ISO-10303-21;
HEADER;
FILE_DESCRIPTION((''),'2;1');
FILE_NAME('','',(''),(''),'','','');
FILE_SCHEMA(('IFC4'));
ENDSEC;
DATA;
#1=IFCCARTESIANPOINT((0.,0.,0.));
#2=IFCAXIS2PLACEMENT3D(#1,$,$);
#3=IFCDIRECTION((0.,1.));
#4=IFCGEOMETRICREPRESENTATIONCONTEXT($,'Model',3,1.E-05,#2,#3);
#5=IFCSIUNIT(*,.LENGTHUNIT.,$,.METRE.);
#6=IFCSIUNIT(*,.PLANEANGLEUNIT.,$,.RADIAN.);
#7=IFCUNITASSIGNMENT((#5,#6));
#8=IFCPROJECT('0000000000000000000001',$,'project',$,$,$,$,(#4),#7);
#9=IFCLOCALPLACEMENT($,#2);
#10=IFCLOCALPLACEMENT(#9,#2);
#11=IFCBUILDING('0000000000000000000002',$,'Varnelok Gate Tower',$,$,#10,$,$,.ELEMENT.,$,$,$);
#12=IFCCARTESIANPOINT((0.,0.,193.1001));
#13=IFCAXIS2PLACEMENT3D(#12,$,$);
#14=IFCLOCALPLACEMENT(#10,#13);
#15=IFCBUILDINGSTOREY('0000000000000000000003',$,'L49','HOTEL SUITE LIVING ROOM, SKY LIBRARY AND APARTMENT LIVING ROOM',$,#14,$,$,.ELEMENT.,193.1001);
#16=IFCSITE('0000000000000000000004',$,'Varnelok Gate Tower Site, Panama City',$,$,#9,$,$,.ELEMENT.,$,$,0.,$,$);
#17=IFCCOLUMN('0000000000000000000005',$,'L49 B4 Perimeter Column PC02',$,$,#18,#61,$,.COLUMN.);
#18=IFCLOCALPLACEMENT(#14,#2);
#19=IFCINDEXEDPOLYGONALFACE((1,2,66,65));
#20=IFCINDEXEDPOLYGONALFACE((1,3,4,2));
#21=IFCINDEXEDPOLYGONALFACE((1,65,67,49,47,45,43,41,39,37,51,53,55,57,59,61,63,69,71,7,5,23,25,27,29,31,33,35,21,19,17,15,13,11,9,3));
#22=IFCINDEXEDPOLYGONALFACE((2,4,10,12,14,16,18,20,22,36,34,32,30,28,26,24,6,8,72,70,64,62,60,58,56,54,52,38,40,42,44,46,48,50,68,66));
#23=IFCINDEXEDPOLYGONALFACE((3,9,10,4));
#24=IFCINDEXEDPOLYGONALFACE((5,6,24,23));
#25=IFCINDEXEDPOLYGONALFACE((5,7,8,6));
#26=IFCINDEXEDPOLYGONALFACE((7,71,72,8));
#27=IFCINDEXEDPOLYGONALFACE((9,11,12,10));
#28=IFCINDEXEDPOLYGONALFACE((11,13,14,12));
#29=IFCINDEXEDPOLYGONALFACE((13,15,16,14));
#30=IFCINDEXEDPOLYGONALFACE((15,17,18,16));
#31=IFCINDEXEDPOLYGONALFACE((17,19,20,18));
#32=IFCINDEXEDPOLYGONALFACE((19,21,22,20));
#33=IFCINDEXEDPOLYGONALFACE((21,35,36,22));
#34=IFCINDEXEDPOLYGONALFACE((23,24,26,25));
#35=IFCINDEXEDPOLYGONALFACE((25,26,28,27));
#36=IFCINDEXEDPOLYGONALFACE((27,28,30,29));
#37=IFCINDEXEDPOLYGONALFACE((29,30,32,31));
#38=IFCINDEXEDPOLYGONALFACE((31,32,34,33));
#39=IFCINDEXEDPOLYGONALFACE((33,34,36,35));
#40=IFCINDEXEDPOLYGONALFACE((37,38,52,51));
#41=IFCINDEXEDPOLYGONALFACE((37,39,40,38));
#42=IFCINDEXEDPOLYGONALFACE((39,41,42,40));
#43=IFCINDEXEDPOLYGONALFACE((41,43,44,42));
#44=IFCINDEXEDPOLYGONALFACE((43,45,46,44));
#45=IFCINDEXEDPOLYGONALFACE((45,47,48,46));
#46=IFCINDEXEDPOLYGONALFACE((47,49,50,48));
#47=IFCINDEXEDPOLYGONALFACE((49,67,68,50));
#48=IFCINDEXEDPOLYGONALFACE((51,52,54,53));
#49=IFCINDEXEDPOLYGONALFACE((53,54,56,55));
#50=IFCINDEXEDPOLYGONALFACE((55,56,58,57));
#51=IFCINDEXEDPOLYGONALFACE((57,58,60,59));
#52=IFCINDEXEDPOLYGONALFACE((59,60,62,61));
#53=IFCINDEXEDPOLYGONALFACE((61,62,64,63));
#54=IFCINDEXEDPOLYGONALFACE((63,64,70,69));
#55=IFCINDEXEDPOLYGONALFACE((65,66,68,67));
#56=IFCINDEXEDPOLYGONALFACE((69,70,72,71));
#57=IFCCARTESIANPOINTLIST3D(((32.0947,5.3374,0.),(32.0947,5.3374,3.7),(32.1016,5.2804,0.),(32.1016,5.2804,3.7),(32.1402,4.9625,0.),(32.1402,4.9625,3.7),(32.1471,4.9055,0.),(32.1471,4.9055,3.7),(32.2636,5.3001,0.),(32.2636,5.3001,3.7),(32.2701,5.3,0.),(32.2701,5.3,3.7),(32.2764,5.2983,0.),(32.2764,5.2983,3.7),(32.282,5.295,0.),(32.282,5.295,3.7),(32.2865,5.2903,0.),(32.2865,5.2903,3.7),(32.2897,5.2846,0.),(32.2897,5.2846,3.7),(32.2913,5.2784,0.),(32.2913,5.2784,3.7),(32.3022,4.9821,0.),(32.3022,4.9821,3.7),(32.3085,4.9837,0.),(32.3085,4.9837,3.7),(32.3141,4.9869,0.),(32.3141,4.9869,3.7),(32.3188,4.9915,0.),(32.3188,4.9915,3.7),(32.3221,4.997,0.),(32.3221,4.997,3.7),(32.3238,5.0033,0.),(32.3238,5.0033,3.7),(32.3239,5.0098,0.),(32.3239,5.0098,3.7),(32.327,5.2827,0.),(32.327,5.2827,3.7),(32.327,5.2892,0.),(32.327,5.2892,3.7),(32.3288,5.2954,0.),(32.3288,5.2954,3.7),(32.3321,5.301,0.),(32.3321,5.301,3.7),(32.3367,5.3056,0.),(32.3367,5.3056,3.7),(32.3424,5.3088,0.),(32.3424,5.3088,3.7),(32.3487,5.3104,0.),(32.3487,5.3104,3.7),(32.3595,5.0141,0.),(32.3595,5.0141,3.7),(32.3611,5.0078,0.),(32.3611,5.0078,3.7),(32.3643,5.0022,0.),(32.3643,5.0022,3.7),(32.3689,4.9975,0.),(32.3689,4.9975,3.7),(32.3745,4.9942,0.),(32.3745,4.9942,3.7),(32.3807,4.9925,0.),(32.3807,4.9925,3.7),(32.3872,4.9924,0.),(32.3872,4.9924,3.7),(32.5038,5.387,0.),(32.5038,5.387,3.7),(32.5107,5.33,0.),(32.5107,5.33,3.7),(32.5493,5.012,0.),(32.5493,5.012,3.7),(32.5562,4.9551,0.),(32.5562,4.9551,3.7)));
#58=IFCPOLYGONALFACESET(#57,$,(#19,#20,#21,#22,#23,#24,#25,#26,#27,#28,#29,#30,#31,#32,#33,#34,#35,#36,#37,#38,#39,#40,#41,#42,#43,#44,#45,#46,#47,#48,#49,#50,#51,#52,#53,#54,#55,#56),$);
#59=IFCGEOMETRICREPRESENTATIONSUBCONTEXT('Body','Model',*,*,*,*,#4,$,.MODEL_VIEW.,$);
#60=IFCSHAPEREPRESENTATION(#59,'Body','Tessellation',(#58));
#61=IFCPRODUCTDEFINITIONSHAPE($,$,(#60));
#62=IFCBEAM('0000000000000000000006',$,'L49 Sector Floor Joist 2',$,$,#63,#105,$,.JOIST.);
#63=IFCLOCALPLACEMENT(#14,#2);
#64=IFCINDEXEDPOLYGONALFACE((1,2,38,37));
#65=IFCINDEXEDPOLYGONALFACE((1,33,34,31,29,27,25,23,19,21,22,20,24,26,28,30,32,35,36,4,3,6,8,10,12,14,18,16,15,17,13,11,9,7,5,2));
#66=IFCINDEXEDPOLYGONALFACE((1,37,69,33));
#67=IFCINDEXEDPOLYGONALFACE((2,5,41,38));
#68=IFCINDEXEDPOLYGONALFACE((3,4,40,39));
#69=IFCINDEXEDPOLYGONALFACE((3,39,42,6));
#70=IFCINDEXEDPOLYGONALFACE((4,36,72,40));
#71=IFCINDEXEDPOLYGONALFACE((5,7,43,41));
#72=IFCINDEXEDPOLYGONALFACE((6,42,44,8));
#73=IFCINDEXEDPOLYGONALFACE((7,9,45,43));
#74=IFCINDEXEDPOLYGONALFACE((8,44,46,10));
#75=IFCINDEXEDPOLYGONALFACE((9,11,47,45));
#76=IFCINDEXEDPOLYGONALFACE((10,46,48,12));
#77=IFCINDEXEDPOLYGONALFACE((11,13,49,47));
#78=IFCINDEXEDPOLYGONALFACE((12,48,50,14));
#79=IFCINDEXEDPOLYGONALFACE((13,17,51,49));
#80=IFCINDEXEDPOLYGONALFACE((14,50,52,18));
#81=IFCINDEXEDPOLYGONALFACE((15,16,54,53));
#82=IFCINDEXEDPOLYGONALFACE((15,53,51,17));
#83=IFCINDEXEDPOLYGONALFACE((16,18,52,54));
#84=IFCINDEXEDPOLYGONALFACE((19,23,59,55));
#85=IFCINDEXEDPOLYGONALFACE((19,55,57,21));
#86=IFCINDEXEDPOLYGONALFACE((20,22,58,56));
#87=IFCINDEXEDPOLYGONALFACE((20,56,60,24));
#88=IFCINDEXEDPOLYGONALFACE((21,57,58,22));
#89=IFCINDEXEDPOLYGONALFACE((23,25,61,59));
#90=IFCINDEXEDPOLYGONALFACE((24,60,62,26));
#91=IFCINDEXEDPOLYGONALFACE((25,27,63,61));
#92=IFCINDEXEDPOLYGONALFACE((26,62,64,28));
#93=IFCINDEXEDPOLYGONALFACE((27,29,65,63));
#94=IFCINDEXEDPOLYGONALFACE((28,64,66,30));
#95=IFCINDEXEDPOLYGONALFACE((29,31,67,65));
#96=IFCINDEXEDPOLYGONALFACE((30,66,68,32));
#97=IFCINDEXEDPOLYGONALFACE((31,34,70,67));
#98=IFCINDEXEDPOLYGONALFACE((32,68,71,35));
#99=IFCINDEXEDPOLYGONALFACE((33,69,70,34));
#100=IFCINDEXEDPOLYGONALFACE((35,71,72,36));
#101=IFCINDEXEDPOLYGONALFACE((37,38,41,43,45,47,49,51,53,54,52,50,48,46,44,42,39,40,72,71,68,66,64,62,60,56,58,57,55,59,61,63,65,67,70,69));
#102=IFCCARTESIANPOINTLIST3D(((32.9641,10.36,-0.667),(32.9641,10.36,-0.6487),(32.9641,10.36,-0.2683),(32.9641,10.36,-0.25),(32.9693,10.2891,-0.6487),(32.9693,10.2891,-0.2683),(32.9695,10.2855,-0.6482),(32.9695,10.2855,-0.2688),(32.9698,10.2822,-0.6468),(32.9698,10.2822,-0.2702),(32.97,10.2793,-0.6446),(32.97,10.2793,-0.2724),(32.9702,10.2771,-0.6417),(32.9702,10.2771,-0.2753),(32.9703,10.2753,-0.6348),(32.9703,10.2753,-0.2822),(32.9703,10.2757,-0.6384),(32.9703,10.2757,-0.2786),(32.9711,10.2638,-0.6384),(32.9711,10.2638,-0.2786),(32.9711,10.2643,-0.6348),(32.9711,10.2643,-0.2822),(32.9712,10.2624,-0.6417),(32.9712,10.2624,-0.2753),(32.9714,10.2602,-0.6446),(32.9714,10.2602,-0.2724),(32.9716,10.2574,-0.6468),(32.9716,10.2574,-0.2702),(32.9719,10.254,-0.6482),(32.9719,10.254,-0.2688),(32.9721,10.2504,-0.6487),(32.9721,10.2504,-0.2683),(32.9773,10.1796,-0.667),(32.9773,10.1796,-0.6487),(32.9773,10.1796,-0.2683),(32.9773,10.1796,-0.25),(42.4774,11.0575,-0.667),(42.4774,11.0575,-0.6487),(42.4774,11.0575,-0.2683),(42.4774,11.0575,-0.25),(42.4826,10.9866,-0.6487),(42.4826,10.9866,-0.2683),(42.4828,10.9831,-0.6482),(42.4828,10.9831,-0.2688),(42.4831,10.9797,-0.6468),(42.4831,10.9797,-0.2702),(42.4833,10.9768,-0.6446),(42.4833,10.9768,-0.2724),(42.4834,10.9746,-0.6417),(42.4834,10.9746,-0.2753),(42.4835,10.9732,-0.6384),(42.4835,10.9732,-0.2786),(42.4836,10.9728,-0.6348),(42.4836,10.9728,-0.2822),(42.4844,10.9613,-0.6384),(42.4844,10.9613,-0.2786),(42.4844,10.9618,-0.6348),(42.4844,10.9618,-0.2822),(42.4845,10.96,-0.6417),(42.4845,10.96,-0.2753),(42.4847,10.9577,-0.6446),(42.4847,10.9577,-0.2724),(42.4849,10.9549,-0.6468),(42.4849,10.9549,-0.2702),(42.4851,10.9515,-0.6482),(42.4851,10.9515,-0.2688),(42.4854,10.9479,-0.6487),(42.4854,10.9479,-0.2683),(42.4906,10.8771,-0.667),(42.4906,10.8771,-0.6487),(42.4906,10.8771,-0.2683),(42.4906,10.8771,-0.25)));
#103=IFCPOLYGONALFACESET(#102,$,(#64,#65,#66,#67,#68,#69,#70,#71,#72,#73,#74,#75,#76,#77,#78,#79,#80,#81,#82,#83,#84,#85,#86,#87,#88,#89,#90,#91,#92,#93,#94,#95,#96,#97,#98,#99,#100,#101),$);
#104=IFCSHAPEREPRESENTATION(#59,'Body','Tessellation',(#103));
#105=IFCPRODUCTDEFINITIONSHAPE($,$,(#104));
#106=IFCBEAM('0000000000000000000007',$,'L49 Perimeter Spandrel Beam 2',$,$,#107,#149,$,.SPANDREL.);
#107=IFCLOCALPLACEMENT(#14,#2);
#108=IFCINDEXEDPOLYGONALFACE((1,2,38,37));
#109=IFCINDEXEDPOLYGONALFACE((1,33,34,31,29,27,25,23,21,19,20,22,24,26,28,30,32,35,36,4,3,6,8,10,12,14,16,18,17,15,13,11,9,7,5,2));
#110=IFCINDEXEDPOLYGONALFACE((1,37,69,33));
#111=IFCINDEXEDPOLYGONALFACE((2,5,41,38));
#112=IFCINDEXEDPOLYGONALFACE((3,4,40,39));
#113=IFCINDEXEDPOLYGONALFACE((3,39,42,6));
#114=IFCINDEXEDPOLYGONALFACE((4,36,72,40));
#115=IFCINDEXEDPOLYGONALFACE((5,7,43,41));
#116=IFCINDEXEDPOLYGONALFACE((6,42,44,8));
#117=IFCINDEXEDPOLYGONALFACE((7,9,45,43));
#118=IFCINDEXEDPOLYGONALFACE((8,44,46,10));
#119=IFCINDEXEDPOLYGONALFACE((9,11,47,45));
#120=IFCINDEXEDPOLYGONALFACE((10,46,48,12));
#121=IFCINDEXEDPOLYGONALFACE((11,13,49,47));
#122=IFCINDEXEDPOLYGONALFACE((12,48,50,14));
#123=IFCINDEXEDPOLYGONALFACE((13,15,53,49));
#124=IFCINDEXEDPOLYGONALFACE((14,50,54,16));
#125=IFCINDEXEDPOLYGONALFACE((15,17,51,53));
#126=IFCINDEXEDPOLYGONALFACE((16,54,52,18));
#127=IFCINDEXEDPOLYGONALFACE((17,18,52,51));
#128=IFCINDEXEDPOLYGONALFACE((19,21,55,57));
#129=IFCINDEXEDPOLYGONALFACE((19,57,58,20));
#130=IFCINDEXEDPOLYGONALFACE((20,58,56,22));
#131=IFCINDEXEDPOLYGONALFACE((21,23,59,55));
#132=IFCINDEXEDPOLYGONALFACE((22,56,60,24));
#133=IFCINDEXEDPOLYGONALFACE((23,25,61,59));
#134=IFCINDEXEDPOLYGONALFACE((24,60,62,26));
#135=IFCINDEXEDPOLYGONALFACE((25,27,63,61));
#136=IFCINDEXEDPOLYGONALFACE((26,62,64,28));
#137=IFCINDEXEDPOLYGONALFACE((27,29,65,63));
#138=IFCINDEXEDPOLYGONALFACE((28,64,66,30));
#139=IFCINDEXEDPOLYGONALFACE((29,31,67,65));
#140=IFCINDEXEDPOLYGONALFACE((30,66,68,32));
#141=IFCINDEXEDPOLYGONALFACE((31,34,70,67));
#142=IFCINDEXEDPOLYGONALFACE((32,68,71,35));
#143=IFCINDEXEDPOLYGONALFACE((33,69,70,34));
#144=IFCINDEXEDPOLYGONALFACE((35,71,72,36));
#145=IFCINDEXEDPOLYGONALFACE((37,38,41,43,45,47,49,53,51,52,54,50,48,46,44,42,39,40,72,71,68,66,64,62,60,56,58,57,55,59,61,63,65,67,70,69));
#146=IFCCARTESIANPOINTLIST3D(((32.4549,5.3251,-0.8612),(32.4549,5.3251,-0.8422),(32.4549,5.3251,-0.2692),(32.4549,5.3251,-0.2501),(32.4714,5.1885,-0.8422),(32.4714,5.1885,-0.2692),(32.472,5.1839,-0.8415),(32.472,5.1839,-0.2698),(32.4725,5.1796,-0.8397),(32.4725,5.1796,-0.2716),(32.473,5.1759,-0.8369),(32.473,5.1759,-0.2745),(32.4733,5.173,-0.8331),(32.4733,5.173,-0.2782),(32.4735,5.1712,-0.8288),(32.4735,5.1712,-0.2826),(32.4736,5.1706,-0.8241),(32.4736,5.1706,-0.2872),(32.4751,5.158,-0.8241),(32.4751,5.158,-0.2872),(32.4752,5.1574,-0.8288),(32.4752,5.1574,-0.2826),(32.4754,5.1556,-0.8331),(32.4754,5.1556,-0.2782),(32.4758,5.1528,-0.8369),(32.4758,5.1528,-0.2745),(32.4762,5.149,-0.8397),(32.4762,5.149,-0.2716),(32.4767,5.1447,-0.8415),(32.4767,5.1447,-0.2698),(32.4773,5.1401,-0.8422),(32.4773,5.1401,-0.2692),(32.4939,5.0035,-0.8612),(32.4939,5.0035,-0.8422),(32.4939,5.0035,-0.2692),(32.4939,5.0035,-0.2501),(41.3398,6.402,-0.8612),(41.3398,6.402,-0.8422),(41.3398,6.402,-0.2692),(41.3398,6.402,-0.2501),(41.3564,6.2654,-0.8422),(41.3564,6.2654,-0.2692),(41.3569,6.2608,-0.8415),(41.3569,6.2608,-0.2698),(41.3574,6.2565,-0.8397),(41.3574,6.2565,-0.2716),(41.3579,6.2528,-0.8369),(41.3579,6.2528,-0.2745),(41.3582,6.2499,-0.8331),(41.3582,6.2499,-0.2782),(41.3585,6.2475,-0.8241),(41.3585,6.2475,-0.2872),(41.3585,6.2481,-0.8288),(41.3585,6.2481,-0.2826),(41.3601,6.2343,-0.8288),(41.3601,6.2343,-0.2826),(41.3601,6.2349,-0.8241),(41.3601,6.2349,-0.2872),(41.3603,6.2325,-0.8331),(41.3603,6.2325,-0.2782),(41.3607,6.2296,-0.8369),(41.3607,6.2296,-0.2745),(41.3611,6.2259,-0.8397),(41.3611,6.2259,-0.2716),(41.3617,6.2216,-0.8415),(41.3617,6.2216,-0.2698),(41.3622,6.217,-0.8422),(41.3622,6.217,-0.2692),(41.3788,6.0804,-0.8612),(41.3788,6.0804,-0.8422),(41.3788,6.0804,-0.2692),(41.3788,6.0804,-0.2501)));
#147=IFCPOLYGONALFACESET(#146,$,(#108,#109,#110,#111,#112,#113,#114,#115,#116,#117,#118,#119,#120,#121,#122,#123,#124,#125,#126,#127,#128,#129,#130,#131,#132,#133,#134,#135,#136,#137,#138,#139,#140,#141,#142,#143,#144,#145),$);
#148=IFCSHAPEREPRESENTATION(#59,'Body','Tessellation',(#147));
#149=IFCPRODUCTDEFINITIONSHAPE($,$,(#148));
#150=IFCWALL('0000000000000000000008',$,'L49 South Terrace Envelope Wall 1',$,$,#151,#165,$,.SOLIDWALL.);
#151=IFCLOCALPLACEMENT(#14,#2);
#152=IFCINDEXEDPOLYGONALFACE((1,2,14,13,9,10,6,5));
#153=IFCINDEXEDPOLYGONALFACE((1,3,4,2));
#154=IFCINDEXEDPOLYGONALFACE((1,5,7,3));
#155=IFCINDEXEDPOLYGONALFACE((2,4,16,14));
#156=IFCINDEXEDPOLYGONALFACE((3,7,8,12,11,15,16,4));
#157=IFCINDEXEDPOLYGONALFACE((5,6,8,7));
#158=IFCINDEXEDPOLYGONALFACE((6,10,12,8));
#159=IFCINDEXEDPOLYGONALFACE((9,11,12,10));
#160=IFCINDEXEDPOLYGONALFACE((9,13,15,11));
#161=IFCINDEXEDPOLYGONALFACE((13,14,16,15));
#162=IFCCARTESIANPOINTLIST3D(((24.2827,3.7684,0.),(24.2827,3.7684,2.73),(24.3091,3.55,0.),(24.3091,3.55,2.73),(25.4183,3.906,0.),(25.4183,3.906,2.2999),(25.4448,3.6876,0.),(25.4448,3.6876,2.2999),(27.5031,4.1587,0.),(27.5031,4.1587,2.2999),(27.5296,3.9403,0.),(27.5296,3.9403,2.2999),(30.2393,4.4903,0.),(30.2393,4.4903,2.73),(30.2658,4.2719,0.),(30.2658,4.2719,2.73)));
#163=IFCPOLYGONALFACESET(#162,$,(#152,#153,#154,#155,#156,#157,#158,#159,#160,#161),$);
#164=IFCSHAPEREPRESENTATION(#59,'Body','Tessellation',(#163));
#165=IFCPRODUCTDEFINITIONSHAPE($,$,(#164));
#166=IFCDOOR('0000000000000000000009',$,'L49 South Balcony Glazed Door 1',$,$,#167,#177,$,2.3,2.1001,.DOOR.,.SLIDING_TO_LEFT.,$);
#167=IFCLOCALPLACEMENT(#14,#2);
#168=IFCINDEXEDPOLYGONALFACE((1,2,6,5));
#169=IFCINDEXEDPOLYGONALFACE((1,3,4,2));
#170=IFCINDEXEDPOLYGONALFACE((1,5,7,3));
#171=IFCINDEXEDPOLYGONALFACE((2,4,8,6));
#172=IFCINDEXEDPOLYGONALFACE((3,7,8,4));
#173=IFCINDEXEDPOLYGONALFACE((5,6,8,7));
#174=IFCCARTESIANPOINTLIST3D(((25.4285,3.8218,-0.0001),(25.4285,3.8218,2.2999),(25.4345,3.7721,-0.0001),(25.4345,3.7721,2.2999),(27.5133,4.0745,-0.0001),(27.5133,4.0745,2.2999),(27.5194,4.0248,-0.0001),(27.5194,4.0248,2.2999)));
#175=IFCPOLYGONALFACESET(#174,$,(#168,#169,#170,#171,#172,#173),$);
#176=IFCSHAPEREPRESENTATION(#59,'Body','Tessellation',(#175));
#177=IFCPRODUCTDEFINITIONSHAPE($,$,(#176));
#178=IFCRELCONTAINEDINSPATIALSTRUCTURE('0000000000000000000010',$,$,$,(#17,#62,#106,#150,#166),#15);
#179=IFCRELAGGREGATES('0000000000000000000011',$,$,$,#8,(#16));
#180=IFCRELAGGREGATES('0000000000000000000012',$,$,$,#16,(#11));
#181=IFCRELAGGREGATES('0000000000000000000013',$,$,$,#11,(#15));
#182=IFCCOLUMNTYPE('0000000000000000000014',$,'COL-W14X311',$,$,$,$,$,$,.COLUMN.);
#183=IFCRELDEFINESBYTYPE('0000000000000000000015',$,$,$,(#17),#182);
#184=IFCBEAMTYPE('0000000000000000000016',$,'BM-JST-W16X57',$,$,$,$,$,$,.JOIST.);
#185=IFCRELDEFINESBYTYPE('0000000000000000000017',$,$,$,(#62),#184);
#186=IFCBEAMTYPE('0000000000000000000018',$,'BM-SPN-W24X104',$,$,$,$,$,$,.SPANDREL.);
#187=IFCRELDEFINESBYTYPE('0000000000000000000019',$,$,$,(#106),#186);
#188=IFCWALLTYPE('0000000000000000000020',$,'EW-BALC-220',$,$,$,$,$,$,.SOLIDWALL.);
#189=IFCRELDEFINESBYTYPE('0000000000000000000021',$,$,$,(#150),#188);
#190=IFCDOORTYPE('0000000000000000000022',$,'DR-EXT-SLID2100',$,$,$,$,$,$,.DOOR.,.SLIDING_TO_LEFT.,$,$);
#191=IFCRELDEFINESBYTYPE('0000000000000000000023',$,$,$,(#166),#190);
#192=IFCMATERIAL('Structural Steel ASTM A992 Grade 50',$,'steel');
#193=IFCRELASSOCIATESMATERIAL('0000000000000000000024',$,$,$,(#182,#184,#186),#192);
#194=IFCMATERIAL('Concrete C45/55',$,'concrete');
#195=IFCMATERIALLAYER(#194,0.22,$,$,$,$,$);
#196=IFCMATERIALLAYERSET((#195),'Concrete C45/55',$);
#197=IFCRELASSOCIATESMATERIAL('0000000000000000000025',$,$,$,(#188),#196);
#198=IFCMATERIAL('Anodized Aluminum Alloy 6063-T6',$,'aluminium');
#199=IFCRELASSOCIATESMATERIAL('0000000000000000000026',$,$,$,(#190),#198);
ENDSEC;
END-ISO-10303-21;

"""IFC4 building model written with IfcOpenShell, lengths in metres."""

from ifc_helpers import new_model, si_unit, direction, frame, frame_2d, origin, origin_2d, place, context, subcontext, project, spatial, rectangle, i_section, extrude, material, layer, layer_set, material_profile, profile_set, type_object, element, fill, save


model = new_model("IFC4")

# Units and contexts
model_context = context("Model", 3, precision=1e-05, world=origin(), true_north=direction((0.0, 1.0)))
body_context = subcontext(model_context, "Body", "Model", "MODEL_VIEW")
ifc_project = project(units=[si_unit("LENGTHUNIT", "METRE"), si_unit("PLANEANGLEUNIT", "RADIAN")], contexts=[model_context])

# Site, building, storey
site_placement = place(None, origin())
site = spatial("IfcSite", under=ifc_project, at=site_placement, Name="Varnelok Gate Tower Site, Panama City", CompositionType="ELEMENT", RefElevation=0.0)
building_placement = place(site_placement, origin())
building = spatial("IfcBuilding", under=site, at=building_placement, Name="Varnelok Gate Tower", CompositionType="ELEMENT")
storey_placement = place(building_placement, frame((0.0, 0.0, 193.1001)))
storey = spatial("IfcBuildingStorey", under=building, at=storey_placement, Name="L49", Description="HOTEL SUITE LIVING ROOM, SKY LIBRARY AND APARTMENT LIVING ROOM", CompositionType="ELEMENT", Elevation=193.1001)

# Column
ifc_material_1 = material(Name="Structural Steel ASTM A992 Grade 50", Category="steel")
ifc_material_profile_1 = material_profile(ifc_material_1, i_section(OverallWidth=0.4121, OverallDepth=0.4351, WebThickness=0.0359, FlangeThickness=0.0574, FilletRadius=0.0249, at=origin_2d()), Name="W14X311")
ifc_profile_set_1 = profile_set([ifc_material_profile_1], Name="Structural Steel ASTM A992 Grade 50")
column_type = type_object("IfcColumnType", Name="COL-W14X311", PredefinedType="COLUMN", material=ifc_profile_set_1)
column_placement = place(storey_placement, frame((32.3254, 5.1462, 0.0), z_axis=(0.0, 0.0, 1.0), x_axis=(0.992732, 0.120345, 0.0)))
element("IfcColumn", 1, at=column_placement, inside=storey, type_object=column_type, Name="L49 B4 Perimeter Column PC02", PredefinedType="COLUMN", context=body_context, shape_type="SweptSolid", body=[
    extrude(i_section(OverallWidth=0.4121, OverallDepth=0.4351, WebThickness=0.0359, FlangeThickness=0.0574, FilletRadius=0.0249, at=origin_2d()), origin(), (0.0, 0.0, 1.0), 3.7),
])

# Beams
ifc_material_profile_2 = material_profile(ifc_material_1, i_section(OverallWidth=0.1809, OverallDepth=0.417, WebThickness=0.011, FlangeThickness=0.0183, FilletRadius=0.0139, at=origin_2d()), Name="W16X57")
ifc_profile_set_2 = profile_set([ifc_material_profile_2], Name="Structural Steel ASTM A992 Grade 50")
beam_type_1 = type_object("IfcBeamType", Name="BM-JST-W16X57", PredefinedType="JOIST", material=ifc_profile_set_2)
beam_1_placement = place(storey_placement, frame((32.9707, 10.2698, -0.4585), z_axis=(0.997323, 0.073124, 0.0), x_axis=(-0.073124, 0.997323, 0.0)))
element("IfcBeam", 2, at=beam_1_placement, inside=storey, type_object=beam_type_1, Name="L49 Sector Floor Joist 2", PredefinedType="JOIST", context=body_context, shape_type="SweptSolid", body=[
    extrude(i_section(OverallWidth=0.1809, OverallDepth=0.417, WebThickness=0.011, FlangeThickness=0.0183, FilletRadius=0.0139, at=origin_2d()), origin(), (0.0, 0.0, 1.0), 9.5388),
])
ifc_material_profile_3 = material_profile(ifc_material_1, i_section(OverallWidth=0.324, OverallDepth=0.6111, WebThickness=0.0127, FlangeThickness=0.019, FilletRadius=0.0181, at=origin_2d()), Name="W24X104")
ifc_profile_set_3 = profile_set([ifc_material_profile_3], Name="Structural Steel ASTM A992 Grade 50")
beam_type_2 = type_object("IfcBeamType", Name="BM-SPN-W24X104", PredefinedType="SPANDREL", material=ifc_profile_set_3)
beam_2_placement = place(storey_placement, frame((32.4744, 5.1643, -0.5557), z_axis=(0.992735, 0.120324, 0.0), x_axis=(-0.120324, 0.992735, 0.0)))
element("IfcBeam", 3, at=beam_2_placement, inside=storey, type_object=beam_type_2, Name="L49 Perimeter Spandrel Beam 2", PredefinedType="SPANDREL", context=body_context, shape_type="SweptSolid", body=[
    extrude(i_section(OverallWidth=0.324, OverallDepth=0.6111, WebThickness=0.0127, FlangeThickness=0.019, FilletRadius=0.0181, at=origin_2d()), origin(), (0.0, 0.0, 1.0), 8.95),
])

# Wall, opening, door
ifc_material_2 = material(Name="Concrete C45/55", Category="concrete")
ifc_layer_1 = layer(ifc_material_2, 0.22)
ifc_layer_set_1 = layer_set([ifc_layer_1], Name="Concrete C45/55")
wall_type_1 = type_object("IfcWallType", Name="EW-BALC-220", PredefinedType="SOLIDWALL", material=ifc_layer_set_1)
wall_1_placement = place(storey_placement, frame((30.2524, 4.3811, 0.0), z_axis=(0.0, 0.0, 1.0), x_axis=(-0.992735, -0.120318, 0.0)))
wall_1 = element("IfcWall", 4, at=wall_1_placement, inside=storey, type_object=wall_type_1, Name="L49 South Terrace Envelope Wall 1", PredefinedType="SOLIDWALL", context=body_context, shape_type="SweptSolid", body=[
    extrude(rectangle(XDim=6.0002, YDim=0.22, at=frame_2d((3.0, 0.0))), origin(), (0.0, 0.0, 1.0), 2.73),
])
opening_1_placement = place(wall_1_placement, frame((2.7561, 0.0, 0.0)))
opening_1 = element("IfcOpeningElement", 5, at=opening_1_placement, cuts=wall_1, PredefinedType="OPENING", context=body_context, shape_type="SweptSolid", body=[
    extrude(rectangle(XDim=2.1001, YDim=2.3, at=frame_2d((1.05, 1.1499))), frame((0.0, 0.1199, 0.0), z_axis=(0.0, -1.0, 0.0), x_axis=(1.0, 0.0, 0.0)), (0.0, 0.0, 1.0), 0.24),
])
ifc_material_3 = material(Name="Anodized Aluminum Alloy 6063-T6", Category="aluminium")
door_type_1 = type_object("IfcDoorType", Name="DR-EXT-SLID2100", OperationType="SLIDING_TO_LEFT", PredefinedType="DOOR", material=ifc_material_3)
door_1_placement = place(opening_1_placement, origin())
door_1 = element("IfcDoor", 6, at=door_1_placement, inside=storey, type_object=door_type_1, Name="L49 South Balcony Glazed Door 1", OperationType="SLIDING_TO_LEFT", OverallHeight=2.3, OverallWidth=2.1001, PredefinedType="DOOR", context=body_context, shape_type="SweptSolid", body=[
    extrude(rectangle(XDim=2.1001, YDim=2.3, at=frame_2d((1.05, 1.1499))), frame((0.0, 0.0249, 0.0), z_axis=(0.0, -1.0, 0.0), x_axis=(1.0, 0.0, 0.0)), (0.0, 0.0, 1.0), 0.05),
])
fill(opening_1, door_1)

save(model, "model.ifc")
